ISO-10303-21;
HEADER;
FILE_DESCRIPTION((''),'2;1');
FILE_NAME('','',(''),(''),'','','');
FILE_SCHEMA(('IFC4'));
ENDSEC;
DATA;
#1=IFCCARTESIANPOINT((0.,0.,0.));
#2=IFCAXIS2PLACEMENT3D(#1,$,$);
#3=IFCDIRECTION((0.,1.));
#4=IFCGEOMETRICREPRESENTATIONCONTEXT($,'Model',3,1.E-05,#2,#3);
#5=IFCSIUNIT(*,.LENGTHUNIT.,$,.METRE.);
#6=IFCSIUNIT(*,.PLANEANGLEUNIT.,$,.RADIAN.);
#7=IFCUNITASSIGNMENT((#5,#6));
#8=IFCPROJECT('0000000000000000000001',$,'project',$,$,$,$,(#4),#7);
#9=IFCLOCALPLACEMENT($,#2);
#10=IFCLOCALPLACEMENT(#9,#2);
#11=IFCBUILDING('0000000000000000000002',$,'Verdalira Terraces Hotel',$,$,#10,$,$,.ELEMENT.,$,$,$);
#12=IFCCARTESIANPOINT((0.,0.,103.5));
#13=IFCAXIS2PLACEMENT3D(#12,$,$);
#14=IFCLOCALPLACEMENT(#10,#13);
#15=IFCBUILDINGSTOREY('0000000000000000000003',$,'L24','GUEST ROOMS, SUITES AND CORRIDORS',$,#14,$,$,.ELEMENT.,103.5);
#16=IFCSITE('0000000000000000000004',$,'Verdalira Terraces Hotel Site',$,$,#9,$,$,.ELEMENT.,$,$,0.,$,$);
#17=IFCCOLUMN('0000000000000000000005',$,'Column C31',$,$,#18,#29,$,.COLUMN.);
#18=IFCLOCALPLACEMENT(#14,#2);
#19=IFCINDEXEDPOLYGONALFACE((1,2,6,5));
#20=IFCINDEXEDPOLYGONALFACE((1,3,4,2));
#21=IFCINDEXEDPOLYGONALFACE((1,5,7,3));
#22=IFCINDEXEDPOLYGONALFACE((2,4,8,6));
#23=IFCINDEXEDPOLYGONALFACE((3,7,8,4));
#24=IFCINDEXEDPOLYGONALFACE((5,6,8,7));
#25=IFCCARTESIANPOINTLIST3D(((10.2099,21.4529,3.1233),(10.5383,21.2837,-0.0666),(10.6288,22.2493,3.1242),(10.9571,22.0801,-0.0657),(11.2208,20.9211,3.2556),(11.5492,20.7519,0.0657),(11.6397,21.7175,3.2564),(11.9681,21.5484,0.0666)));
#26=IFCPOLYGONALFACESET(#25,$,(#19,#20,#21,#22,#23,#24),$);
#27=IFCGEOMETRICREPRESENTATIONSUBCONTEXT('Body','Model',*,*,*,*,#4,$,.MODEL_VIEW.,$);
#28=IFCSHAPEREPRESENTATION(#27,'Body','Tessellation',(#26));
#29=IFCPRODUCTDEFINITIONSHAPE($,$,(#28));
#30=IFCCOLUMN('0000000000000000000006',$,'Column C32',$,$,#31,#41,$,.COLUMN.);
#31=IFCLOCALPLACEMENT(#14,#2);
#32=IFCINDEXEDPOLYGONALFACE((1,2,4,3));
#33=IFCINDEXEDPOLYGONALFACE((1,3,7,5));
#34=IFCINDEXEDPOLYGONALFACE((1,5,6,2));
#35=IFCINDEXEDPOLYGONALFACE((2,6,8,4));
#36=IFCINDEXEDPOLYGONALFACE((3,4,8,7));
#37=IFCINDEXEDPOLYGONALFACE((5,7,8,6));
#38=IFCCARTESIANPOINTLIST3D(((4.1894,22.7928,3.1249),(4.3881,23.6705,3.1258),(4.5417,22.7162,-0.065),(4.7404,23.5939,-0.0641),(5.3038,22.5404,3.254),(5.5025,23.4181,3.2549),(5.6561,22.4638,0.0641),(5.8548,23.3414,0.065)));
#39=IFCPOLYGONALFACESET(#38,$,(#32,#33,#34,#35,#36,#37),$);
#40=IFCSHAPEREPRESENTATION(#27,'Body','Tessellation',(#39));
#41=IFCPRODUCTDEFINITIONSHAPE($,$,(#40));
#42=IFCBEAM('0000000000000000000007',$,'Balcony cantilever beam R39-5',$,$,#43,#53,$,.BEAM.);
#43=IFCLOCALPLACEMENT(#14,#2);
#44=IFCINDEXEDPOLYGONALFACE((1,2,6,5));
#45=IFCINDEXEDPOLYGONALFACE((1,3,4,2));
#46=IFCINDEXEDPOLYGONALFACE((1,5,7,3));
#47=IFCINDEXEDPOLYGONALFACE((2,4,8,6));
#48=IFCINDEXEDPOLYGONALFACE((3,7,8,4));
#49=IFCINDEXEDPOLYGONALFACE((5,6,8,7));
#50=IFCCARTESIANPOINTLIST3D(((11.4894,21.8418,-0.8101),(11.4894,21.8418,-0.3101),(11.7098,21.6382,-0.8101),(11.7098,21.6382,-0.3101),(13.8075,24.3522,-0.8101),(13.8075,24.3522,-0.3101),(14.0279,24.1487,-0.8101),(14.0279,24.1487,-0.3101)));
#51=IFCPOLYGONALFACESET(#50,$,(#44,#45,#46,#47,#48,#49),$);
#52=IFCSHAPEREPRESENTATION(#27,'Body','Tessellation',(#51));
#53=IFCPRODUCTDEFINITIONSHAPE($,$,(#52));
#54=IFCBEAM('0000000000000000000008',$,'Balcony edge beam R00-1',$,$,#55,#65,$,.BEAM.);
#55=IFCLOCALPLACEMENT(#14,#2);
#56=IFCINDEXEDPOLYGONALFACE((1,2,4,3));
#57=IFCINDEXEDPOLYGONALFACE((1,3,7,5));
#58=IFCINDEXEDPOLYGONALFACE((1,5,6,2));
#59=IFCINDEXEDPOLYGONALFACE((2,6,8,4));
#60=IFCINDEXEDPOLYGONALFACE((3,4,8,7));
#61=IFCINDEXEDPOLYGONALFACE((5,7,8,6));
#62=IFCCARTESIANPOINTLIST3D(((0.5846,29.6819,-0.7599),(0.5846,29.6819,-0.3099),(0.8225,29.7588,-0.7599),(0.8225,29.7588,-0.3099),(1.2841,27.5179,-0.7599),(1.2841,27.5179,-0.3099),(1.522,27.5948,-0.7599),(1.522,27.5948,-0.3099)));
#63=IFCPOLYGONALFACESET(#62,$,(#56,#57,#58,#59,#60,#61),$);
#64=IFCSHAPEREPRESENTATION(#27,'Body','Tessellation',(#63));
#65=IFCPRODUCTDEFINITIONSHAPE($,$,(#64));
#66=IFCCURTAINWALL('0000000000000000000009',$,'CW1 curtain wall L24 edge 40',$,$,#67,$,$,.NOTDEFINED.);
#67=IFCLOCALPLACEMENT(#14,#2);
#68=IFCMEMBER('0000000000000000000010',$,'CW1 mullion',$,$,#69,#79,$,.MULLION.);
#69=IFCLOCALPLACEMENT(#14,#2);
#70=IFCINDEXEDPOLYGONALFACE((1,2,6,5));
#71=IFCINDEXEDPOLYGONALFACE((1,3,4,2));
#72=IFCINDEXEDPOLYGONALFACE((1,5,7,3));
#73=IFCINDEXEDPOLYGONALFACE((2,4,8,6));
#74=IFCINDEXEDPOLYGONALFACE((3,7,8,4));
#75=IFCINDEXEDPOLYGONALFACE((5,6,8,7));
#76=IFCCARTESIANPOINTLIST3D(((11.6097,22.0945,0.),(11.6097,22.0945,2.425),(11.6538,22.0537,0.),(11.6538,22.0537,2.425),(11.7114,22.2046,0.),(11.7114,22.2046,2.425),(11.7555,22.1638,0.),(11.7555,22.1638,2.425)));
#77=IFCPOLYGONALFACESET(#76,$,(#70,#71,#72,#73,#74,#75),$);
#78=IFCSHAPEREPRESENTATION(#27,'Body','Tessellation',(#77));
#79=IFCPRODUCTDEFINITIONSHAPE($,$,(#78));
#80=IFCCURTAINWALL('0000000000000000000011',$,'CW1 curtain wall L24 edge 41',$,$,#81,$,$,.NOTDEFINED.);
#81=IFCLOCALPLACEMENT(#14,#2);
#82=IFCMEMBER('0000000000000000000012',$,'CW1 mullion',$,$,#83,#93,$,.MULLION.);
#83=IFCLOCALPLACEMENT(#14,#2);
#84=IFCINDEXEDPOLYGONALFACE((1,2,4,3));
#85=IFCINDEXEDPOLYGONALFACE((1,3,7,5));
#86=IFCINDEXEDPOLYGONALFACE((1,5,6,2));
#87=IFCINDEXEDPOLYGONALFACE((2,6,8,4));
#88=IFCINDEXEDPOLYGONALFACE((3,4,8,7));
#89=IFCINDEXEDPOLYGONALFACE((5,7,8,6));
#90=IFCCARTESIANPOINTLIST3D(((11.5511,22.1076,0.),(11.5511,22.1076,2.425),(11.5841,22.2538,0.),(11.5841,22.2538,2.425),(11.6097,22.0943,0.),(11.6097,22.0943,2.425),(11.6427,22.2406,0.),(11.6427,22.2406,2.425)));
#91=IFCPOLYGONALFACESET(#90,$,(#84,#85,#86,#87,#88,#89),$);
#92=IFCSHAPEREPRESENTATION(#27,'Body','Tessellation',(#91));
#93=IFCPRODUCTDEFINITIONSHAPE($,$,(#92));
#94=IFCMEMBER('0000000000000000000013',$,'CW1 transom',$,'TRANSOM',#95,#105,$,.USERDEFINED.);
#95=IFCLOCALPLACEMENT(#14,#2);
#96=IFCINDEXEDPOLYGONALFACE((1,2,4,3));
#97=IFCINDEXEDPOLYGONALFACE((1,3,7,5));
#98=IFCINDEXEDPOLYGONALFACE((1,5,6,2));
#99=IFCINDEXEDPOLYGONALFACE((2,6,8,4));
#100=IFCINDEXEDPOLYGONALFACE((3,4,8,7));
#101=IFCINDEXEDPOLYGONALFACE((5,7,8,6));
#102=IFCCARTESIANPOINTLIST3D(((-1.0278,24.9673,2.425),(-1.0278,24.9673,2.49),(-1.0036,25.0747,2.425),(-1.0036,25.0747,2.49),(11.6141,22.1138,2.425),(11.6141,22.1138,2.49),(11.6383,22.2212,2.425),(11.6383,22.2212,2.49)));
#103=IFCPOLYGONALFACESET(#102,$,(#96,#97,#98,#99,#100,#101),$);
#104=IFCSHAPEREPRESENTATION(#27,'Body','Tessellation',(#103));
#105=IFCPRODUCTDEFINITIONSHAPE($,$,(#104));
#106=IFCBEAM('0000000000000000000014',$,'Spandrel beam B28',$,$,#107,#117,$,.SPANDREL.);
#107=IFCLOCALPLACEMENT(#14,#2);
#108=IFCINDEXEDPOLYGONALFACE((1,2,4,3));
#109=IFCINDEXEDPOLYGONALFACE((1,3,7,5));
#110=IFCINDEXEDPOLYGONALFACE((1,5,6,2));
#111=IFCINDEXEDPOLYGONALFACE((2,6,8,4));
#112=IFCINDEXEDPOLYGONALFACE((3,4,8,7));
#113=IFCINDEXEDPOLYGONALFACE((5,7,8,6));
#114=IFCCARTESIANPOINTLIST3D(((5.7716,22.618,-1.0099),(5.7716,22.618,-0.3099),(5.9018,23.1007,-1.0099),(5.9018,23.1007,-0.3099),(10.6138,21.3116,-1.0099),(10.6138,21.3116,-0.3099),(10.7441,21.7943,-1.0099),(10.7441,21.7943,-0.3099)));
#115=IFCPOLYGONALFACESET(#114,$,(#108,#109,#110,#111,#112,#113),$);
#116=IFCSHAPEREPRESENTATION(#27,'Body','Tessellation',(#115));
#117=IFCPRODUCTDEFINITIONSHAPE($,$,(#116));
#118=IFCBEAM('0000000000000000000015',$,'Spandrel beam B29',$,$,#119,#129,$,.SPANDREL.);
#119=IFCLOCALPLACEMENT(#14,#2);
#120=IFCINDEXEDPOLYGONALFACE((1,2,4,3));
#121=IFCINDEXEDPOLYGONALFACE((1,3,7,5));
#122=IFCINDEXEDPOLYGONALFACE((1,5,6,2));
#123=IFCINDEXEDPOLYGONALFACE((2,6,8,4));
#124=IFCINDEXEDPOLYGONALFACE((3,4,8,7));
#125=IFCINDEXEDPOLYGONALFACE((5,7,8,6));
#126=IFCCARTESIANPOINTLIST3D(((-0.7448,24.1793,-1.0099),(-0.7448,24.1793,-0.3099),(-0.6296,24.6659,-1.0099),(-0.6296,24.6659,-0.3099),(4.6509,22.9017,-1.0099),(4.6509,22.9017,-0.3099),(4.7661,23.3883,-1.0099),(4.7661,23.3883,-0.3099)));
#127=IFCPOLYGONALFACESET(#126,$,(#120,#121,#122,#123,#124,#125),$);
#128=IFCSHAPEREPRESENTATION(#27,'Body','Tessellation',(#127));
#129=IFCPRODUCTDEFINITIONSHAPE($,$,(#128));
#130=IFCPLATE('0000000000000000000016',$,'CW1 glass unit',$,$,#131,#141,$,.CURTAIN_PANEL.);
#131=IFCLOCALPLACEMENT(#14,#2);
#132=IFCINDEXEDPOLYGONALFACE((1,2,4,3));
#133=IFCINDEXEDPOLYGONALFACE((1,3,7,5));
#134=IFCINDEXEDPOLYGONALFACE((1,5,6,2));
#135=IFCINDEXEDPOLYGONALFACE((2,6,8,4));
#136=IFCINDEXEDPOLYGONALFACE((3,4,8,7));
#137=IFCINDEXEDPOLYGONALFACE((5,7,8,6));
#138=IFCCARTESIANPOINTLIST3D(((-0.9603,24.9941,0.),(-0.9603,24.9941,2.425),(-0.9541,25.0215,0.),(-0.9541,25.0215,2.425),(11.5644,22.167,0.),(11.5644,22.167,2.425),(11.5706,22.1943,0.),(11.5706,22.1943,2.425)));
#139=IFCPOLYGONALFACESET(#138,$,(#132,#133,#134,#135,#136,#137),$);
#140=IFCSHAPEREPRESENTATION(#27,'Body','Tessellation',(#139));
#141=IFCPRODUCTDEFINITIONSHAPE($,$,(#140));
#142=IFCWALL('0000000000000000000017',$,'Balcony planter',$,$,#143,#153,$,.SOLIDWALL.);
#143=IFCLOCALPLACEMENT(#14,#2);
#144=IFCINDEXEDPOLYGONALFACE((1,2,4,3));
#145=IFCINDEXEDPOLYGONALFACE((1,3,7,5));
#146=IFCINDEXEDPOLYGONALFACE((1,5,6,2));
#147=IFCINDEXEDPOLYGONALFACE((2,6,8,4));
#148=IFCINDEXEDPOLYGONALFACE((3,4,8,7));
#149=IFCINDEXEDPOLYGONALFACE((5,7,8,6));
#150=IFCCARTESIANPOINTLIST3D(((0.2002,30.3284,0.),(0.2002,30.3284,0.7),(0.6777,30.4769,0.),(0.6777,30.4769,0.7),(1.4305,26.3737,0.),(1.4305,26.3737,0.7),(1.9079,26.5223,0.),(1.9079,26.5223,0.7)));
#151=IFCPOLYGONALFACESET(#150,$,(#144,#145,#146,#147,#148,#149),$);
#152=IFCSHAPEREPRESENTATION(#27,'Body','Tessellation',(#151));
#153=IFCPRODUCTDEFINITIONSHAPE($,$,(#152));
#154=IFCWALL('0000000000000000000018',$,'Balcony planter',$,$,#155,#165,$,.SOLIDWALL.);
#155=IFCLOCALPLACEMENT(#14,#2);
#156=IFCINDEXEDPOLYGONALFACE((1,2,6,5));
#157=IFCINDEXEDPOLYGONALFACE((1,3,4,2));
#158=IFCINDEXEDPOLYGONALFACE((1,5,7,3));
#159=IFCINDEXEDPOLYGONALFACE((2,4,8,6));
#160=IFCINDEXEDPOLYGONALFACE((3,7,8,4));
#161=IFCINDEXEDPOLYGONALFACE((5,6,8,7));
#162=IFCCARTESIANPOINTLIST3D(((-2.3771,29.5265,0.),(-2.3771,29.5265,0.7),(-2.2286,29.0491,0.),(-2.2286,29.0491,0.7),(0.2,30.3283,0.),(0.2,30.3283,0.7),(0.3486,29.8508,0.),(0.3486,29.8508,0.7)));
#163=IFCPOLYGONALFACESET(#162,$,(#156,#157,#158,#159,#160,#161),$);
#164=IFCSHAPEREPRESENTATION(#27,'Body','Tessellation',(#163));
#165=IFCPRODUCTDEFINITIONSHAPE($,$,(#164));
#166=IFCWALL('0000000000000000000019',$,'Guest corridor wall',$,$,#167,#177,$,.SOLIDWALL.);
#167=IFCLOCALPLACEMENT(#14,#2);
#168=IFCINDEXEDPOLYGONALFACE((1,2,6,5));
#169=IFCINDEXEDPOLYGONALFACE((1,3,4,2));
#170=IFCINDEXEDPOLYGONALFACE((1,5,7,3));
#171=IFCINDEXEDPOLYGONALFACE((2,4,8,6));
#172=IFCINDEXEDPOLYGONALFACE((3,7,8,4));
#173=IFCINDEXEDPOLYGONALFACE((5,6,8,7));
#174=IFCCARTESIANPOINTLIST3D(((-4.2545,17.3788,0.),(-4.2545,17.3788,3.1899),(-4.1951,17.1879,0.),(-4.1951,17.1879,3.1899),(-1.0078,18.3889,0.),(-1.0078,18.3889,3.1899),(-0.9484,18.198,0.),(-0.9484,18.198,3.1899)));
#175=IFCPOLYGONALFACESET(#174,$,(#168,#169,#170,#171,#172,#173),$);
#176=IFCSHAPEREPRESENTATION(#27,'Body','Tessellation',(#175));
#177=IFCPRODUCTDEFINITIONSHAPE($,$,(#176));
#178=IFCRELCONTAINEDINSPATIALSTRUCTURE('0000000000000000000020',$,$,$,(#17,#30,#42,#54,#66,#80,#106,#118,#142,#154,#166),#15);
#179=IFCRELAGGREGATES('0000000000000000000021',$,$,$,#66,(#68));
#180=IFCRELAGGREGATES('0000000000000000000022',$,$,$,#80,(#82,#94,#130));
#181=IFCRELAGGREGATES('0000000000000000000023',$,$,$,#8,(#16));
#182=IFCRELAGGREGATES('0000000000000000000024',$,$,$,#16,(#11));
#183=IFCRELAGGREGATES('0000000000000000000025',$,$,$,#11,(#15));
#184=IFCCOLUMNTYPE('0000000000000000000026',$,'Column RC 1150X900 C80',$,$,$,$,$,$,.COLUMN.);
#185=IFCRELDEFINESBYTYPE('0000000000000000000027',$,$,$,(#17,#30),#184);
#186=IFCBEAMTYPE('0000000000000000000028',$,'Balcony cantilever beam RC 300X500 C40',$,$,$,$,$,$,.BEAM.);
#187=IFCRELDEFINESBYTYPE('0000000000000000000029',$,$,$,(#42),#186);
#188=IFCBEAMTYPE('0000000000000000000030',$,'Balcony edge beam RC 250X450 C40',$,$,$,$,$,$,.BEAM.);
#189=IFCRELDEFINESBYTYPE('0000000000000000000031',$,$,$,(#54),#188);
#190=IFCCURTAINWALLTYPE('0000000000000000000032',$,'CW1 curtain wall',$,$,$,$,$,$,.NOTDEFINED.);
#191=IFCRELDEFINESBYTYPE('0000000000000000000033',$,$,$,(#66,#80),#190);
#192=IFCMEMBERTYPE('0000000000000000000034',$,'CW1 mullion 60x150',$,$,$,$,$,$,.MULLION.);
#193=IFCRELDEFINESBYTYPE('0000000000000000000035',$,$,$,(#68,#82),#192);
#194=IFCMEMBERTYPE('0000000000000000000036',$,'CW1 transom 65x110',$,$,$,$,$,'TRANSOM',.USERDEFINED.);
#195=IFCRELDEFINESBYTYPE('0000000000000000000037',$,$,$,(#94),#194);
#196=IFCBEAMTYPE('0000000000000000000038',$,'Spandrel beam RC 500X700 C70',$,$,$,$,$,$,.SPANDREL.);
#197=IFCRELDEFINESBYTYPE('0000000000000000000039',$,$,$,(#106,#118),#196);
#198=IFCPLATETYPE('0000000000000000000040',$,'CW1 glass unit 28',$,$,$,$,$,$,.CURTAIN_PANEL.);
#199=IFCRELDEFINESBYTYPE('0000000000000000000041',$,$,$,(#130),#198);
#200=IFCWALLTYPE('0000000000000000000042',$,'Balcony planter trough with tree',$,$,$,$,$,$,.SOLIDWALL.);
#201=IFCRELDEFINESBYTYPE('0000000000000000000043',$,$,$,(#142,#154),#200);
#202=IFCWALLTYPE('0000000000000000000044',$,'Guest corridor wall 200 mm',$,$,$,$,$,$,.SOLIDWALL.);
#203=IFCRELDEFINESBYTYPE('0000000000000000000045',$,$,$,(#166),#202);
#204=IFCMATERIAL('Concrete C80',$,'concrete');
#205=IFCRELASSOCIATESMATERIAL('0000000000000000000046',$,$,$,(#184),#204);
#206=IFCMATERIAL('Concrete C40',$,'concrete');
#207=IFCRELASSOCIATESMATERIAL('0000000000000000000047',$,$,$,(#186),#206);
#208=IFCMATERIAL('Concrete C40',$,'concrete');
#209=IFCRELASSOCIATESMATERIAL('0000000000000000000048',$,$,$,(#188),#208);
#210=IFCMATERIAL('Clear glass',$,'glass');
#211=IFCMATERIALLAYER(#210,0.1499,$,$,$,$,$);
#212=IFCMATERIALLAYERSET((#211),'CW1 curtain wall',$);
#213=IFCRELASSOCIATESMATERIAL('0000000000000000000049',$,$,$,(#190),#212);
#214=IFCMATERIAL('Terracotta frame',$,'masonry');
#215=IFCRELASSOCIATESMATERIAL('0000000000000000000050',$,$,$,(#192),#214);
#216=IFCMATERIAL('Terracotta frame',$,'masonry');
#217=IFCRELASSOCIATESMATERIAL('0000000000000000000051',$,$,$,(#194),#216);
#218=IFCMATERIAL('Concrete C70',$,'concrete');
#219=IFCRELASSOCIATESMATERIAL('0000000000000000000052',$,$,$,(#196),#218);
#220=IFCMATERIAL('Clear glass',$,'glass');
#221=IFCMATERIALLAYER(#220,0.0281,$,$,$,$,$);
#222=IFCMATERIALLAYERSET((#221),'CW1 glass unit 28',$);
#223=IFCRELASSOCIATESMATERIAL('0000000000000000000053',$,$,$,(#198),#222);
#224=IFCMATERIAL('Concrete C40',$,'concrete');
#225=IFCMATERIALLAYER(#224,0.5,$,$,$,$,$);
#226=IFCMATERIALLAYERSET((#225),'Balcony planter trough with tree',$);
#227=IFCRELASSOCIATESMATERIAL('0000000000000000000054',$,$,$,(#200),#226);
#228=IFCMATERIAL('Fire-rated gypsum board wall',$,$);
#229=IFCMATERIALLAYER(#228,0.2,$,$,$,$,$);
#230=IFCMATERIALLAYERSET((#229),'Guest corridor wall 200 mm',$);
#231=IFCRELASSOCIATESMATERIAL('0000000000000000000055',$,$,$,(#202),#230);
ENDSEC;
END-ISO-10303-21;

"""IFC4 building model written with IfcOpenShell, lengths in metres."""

from ifc_helpers import new_model, si_unit, direction, frame, frame_2d, origin, origin_2d, place, context, subcontext, project, spatial, rectangle, extrude, material, layer, layer_set, material_profile, profile_set, type_object, element, aggregate, save


model = new_model("IFC4")

# Units and contexts
model_context = context("Model", 3, precision=1e-05, world=origin(), true_north=direction((0.0, 1.0)))
body_context = subcontext(model_context, "Body", "Model", "MODEL_VIEW")
ifc_project = project(units=[si_unit("LENGTHUNIT", "METRE"), si_unit("PLANEANGLEUNIT", "RADIAN")], contexts=[model_context])

# Site, building, storey
site_placement = place(None, origin())
site = spatial("IfcSite", under=ifc_project, at=site_placement, Name="Verdalira Terraces Hotel Site", CompositionType="ELEMENT", RefElevation=0.0)
building_placement = place(site_placement, origin())
building = spatial("IfcBuilding", under=site, at=building_placement, Name="Verdalira Terraces Hotel", CompositionType="ELEMENT")
storey_placement = place(building_placement, frame((0.0, 0.0, 103.5)))
storey = spatial("IfcBuildingStorey", under=building, at=storey_placement, Name="L24", Description="GUEST ROOMS, SUITES AND CORRIDORS", CompositionType="ELEMENT", Elevation=103.5)

# Columns
ifc_material_1 = material(Name="Concrete C80", Category="concrete")
ifc_material_profile_1 = material_profile(ifc_material_1, rectangle(XDim=1.1499, YDim=0.8999, at=origin_2d()), Name="RC 1150X900")
ifc_profile_set_1 = profile_set([ifc_material_profile_1], Name="Concrete C80")
column_type = type_object("IfcColumnType", Name="Column RC 1150X900 C80", PredefinedType="COLUMN", material=ifc_profile_set_1)
column_1_placement = place(storey_placement, frame((11.2532, 21.416, 0.0), z_axis=(-0.102256, 0.052686, 0.993362), x_axis=(0.879147, -0.46246, 0.115027)))
element("IfcColumn", 1, at=column_1_placement, inside=storey, type_object=column_type, Name="Column C31", PredefinedType="COLUMN", context=body_context, shape_type="SweptSolid", body=[
    extrude(rectangle(XDim=1.1499, YDim=0.8999, at=origin_2d()), origin(), (0.0, 0.0, 1.0), 3.2112),
])
column_2_placement = place(storey_placement, frame((5.1982, 23.0288, 0.0), z_axis=(-0.109741, 0.02388, 0.993673), x_axis=(-0.969124, 0.219512, -0.112305)))
element("IfcColumn", 2, at=column_2_placement, inside=storey, type_object=column_type, Name="Column C32", PredefinedType="COLUMN", context=body_context, shape_type="SweptSolid", body=[
    extrude(rectangle(XDim=1.1499, YDim=0.8999, at=origin_2d()), origin(), (0.0, 0.0, 1.0), 3.2102),
])

# Beams
ifc_material_2 = material(Name="Concrete C40", Category="concrete")
ifc_material_profile_2 = material_profile(ifc_material_2, rectangle(XDim=0.3, YDim=0.5, at=origin_2d()), Name="RC 300X500")
ifc_profile_set_2 = profile_set([ifc_material_profile_2], Name="Concrete C40")
beam_type_1 = type_object("IfcBeamType", Name="Balcony cantilever beam RC 300X500 C40", PredefinedType="BEAM", material=ifc_profile_set_2)
beam_1_placement = place(storey_placement, frame((11.5996, 21.74, -0.5601), z_axis=(0.678396, 0.734697, 0.0), x_axis=(-0.734697, 0.678396, 0.0)))
element("IfcBeam", 3, at=beam_1_placement, inside=storey, type_object=beam_type_1, Name="Balcony cantilever beam R39-5", PredefinedType="BEAM", context=body_context, shape_type="SweptSolid", body=[
    extrude(rectangle(XDim=0.3, YDim=0.5, at=origin_2d()), origin(), (0.0, 0.0, 1.0), 3.417),
])
ifc_material_3 = material(Name="Concrete C40", Category="concrete")
ifc_material_profile_3 = material_profile(ifc_material_3, rectangle(XDim=0.25, YDim=0.45, at=origin_2d()), Name="RC 250X450")
ifc_profile_set_3 = profile_set([ifc_material_profile_3], Name="Concrete C40")
beam_type_2 = type_object("IfcBeamType", Name="Balcony edge beam RC 250X450 C40", PredefinedType="BEAM", material=ifc_profile_set_3)
beam_2_placement = place(storey_placement, frame((1.4031, 27.5564, -0.5349), z_axis=(-0.307583, 0.951521, 0.0), x_axis=(-0.951521, -0.307583, 0.0)))
element("IfcBeam", 4, at=beam_2_placement, inside=storey, type_object=beam_type_2, Name="Balcony edge beam R00-1", PredefinedType="BEAM", context=body_context, shape_type="SweptSolid", body=[
    extrude(rectangle(XDim=0.25, YDim=0.45, at=origin_2d()), origin(), (0.0, 0.0, 1.0), 2.2742),
])

# Curtain wall, member
ifc_material_4 = material(Name="Clear glass", Category="glass")
ifc_layer_1 = layer(ifc_material_4, 0.1499)
ifc_layer_set_1 = layer_set([ifc_layer_1], Name="CW1 curtain wall")
curtain_wall_type = type_object("IfcCurtainWallType", Name="CW1 curtain wall", PredefinedType="NOTDEFINED", material=ifc_layer_set_1)
curtain_wall_1_placement = place(storey_placement, origin())
curtain_wall_1 = element("IfcCurtainWall", 5, at=curtain_wall_1_placement, inside=storey, type_object=curtain_wall_type, Name="CW1 curtain wall L24 edge 40", PredefinedType="NOTDEFINED")
ifc_material_5 = material(Name="Terracotta frame", Category="masonry")
ifc_material_profile_4 = material_profile(ifc_material_5, rectangle(XDim=0.0601, YDim=0.1499, at=origin_2d()), Name="MU 60x150")
ifc_profile_set_4 = profile_set([ifc_material_profile_4], Name="Terracotta frame")
member_type_1 = type_object("IfcMemberType", Name="CW1 mullion 60x150", PredefinedType="MULLION", material=ifc_profile_set_4)
member_1_placement = place(storey_placement, frame((11.6826, 22.1291, 0.0), z_axis=(0.0, 0.0, 1.0), x_axis=(-0.734678, 0.678416, 0.0)))
member_1 = element("IfcMember", 6, at=member_1_placement, type_object=member_type_1, Name="CW1 mullion", PredefinedType="MULLION", context=body_context, shape_type="SweptSolid", body=[
    extrude(rectangle(XDim=0.0601, YDim=0.1499, at=origin_2d()), origin(), (0.0, 0.0, 1.0), 2.425),
])
aggregate(curtain_wall_1, [member_1])

# Curtain wall, members
curtain_wall_2_placement = place(storey_placement, origin())
curtain_wall_2 = element("IfcCurtainWall", 7, at=curtain_wall_2_placement, inside=storey, type_object=curtain_wall_type, Name="CW1 curtain wall L24 edge 41", PredefinedType="NOTDEFINED")
member_2_placement = place(storey_placement, frame((11.5969, 22.1741, 0.0), z_axis=(0.0, 0.0, 1.0), x_axis=(-0.975458, 0.220187, 0.0)))
member_2 = element("IfcMember", 8, at=member_2_placement, type_object=member_type_1, Name="CW1 mullion", PredefinedType="MULLION", context=body_context, shape_type="SweptSolid", body=[
    extrude(rectangle(XDim=0.0601, YDim=0.1499, at=origin_2d()), origin(), (0.0, 0.0, 1.0), 2.425),
])
ifc_material_6 = material(Name="Terracotta frame", Category="masonry")
ifc_material_profile_5 = material_profile(ifc_material_6, rectangle(XDim=0.1101, YDim=0.0649, at=origin_2d()), Name="TR 65x110")
ifc_profile_set_5 = profile_set([ifc_material_profile_5], Name="Terracotta frame")
member_type_2 = type_object("IfcMemberType", Name="CW1 transom 65x110", ElementType="TRANSOM", PredefinedType="USERDEFINED", material=ifc_profile_set_5)
member_3_placement = place(storey_placement, frame((11.6262, 22.1675, 2.4575), z_axis=(-0.975459, 0.220181, 0.0), x_axis=(-0.220181, -0.975459, 0.0)))
member_3 = element("IfcMember", 9, at=member_3_placement, type_object=member_type_2, Name="CW1 transom", ObjectType="TRANSOM", PredefinedType="USERDEFINED", context=body_context, shape_type="SweptSolid", body=[
    extrude(rectangle(XDim=0.1101, YDim=0.0649, at=origin_2d()), origin(), (0.0, 0.0, 1.0), 12.96),
])

# Beams
ifc_material_7 = material(Name="Concrete C70", Category="concrete")
ifc_material_profile_6 = material_profile(ifc_material_7, rectangle(XDim=0.5, YDim=0.7, at=origin_2d()), Name="RC 500X700")
ifc_profile_set_6 = profile_set([ifc_material_profile_6], Name="Concrete C70")
beam_type_3 = type_object("IfcBeamType", Name="Spandrel beam RC 500X700 C70", PredefinedType="SPANDREL", material=ifc_profile_set_6)
beam_3_placement = place(storey_placement, frame((10.679, 21.553, -0.6599), z_axis=(-0.96548, 0.260476, 0.0), x_axis=(-0.260476, -0.96548, 0.0)))
element("IfcBeam", 10, at=beam_3_placement, inside=storey, type_object=beam_type_3, Name="Spandrel beam B28", PredefinedType="SPANDREL", context=body_context, shape_type="SweptSolid", body=[
    extrude(rectangle(XDim=0.5, YDim=0.7, at=origin_2d()), origin(), (0.0, 0.0, 1.0), 5.0154),
])
beam_4_placement = place(storey_placement, frame((4.7085, 23.145, -0.6599), z_axis=(-0.973095, 0.230406, 0.0), x_axis=(-0.230406, -0.973095, 0.0)))
element("IfcBeam", 11, at=beam_4_placement, inside=storey, type_object=beam_type_3, Name="Spandrel beam B29", PredefinedType="SPANDREL", context=body_context, shape_type="SweptSolid", body=[
    extrude(rectangle(XDim=0.5, YDim=0.7, at=origin_2d()), origin(), (0.0, 0.0, 1.0), 5.5449),
])

# Plate
ifc_material_8 = material(Name="Clear glass", Category="glass")
ifc_layer_2 = layer(ifc_material_8, 0.0281)
ifc_layer_set_2 = layer_set([ifc_layer_2], Name="CW1 glass unit 28")
plate_type = type_object("IfcPlateType", Name="CW1 glass unit 28", PredefinedType="CURTAIN_PANEL", material=ifc_layer_set_2)
plate_placement = place(storey_placement, frame((5.3052, 23.5942, 0.0), z_axis=(0.0, 0.0, 1.0), x_axis=(-0.975458, 0.220187, 0.0)))
plate = element("IfcPlate", 12, at=plate_placement, type_object=plate_type, Name="CW1 glass unit", PredefinedType="CURTAIN_PANEL", context=body_context, shape_type="SweptSolid", body=[
    extrude(rectangle(XDim=12.8398, YDim=0.0281, at=origin_2d()), origin(), (0.0, 0.0, 1.0), 2.425),
])
aggregate(curtain_wall_2, [member_2, member_3, plate])

# Walls
ifc_material_9 = material(Name="Concrete C40", Category="concrete")
ifc_layer_3 = layer(ifc_material_9, 0.5)
ifc_layer_set_3 = layer_set([ifc_layer_3], Name="Balcony planter trough with tree")
wall_type_1 = type_object("IfcWallType", Name="Balcony planter trough with tree", PredefinedType="SOLIDWALL", material=ifc_layer_set_3)
wall_1_placement = place(storey_placement, frame((1.6692, 26.448, 0.0), z_axis=(0.0, 0.0, 1.0), x_axis=(-0.297046, 0.954863, 0.0)))
element("IfcWall", 13, at=wall_1_placement, inside=storey, type_object=wall_type_1, Name="Balcony planter", PredefinedType="SOLIDWALL", context=body_context, shape_type="SweptSolid", body=[
    extrude(rectangle(XDim=4.1416, YDim=0.5, at=frame_2d((2.0708, 0.0))), origin(), (0.0, 0.0, 1.0), 0.7),
])
wall_2_placement = place(storey_placement, frame((0.2744, 30.0896, 0.0), z_axis=(0.0, 0.0, 1.0), x_axis=(-0.954859, -0.297059, 0.0)))
element("IfcWall", 14, at=wall_2_placement, inside=storey, type_object=wall_type_1, Name="Balcony planter", PredefinedType="SOLIDWALL", context=body_context, shape_type="SweptSolid", body=[
    extrude(rectangle(XDim=2.699, YDim=0.5, at=frame_2d((1.3496, 0.0))), origin(), (0.0, 0.0, 1.0), 0.7),
])
ifc_material_10 = material(Name="Fire-rated gypsum board wall")
ifc_layer_4 = layer(ifc_material_10, 0.2)
ifc_layer_set_4 = layer_set([ifc_layer_4], Name="Guest corridor wall 200 mm")
wall_type_2 = type_object("IfcWallType", Name="Guest corridor wall 200 mm", PredefinedType="SOLIDWALL", material=ifc_layer_set_4)
wall_3_placement = place(storey_placement, frame((-0.978, 18.2935, 0.0), z_axis=(0.0, 0.0, 1.0), x_axis=(-0.95486, -0.297056, 0.0)))
element("IfcWall", 15, at=wall_3_placement, inside=storey, type_object=wall_type_2, Name="Guest corridor wall", PredefinedType="SOLIDWALL", context=body_context, shape_type="SweptSolid", body=[
    extrude(rectangle(XDim=3.4001, YDim=0.2, at=frame_2d((1.7002, 0.0))), origin(), (0.0, 0.0, 1.0), 3.1899),
])

save(model, "model.ifc")
